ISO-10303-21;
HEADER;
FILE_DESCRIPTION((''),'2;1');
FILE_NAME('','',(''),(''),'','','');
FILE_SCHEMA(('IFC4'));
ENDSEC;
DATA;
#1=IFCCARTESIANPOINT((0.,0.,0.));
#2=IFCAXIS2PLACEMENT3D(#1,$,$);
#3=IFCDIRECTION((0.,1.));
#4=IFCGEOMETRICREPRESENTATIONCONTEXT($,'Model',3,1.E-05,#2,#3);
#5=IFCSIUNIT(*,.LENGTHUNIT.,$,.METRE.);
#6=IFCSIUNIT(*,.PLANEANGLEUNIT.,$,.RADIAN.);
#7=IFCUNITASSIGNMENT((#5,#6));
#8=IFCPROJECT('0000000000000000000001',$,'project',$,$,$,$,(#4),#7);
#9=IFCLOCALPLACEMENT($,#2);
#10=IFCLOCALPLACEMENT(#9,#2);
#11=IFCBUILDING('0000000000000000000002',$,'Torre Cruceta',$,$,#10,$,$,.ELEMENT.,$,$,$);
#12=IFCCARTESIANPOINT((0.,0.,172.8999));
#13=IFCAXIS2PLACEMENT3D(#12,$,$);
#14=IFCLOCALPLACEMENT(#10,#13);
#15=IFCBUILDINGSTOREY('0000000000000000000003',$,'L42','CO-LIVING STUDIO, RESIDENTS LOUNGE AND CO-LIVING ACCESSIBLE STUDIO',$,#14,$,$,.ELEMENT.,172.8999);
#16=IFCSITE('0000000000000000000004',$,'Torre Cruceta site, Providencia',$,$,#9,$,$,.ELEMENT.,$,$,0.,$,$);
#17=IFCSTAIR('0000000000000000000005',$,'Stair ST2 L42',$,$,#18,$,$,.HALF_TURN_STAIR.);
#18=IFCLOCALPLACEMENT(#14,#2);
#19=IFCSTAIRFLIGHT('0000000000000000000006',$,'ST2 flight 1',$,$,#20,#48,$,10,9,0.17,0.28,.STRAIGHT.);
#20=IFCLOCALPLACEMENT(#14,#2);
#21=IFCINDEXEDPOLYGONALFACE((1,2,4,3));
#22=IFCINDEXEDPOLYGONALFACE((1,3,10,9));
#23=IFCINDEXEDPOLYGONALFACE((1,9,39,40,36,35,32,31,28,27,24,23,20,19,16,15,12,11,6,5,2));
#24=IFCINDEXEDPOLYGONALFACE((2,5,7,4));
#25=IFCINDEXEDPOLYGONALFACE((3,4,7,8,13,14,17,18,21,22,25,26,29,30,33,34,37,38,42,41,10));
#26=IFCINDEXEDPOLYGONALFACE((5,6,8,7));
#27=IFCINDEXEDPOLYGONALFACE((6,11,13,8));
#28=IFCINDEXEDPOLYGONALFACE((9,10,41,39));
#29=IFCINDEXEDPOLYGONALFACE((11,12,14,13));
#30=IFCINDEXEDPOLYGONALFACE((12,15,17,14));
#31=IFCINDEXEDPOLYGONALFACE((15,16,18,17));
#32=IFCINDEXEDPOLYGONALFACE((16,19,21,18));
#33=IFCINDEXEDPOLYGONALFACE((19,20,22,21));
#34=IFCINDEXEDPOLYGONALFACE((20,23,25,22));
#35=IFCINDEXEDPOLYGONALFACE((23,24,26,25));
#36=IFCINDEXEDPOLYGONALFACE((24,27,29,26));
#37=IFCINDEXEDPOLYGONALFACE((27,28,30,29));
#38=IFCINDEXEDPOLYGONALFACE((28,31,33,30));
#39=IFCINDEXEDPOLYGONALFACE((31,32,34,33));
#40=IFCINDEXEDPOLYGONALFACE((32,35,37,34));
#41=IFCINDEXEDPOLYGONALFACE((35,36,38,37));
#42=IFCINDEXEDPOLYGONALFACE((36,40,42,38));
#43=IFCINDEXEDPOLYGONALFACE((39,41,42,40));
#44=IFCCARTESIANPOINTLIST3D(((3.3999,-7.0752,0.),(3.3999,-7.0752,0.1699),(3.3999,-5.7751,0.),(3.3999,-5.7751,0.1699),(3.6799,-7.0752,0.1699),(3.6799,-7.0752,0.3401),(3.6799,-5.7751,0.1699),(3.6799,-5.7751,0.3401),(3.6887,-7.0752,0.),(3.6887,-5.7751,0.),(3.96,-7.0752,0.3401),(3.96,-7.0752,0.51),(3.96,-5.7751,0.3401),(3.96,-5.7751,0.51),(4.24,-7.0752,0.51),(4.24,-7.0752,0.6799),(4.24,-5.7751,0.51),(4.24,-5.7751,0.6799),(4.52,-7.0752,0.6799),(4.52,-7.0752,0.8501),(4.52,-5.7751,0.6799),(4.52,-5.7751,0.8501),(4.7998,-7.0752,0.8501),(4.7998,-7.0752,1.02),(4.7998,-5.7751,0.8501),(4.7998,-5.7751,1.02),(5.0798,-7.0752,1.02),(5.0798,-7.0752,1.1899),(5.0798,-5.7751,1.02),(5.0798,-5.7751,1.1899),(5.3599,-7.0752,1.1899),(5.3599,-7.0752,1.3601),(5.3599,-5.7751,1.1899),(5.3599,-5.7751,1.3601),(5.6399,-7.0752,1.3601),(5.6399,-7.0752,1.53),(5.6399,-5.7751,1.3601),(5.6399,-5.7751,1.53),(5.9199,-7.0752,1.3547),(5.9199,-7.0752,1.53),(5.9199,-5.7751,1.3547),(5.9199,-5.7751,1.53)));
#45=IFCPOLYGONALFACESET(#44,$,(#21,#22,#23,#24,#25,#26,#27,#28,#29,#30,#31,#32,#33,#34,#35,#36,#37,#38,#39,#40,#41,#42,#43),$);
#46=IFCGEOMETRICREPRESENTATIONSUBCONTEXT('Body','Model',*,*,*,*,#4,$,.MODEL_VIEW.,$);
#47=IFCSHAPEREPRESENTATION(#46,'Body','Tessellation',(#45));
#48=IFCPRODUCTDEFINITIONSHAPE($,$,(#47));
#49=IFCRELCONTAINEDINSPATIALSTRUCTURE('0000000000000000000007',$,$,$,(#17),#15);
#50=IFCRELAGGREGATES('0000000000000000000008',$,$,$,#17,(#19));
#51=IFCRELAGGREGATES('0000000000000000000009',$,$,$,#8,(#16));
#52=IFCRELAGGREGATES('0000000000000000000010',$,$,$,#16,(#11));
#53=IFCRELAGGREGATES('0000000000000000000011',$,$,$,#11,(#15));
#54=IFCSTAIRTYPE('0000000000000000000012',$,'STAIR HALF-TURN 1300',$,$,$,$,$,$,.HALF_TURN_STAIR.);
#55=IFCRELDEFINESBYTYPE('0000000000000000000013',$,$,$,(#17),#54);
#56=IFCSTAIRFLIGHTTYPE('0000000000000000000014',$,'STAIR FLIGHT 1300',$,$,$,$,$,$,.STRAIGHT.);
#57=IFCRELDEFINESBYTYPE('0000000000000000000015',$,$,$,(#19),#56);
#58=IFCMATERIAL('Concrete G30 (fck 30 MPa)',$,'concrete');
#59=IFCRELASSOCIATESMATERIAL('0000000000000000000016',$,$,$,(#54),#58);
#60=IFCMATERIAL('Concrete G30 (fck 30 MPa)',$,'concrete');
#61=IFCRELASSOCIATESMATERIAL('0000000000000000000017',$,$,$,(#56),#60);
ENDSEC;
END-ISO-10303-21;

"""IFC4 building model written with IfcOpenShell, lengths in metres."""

from ifc_helpers import new_model, si_unit, direction, frame, origin, place, context, subcontext, project, spatial, polyline, outline, extrude, material, type_object, element, aggregate, save


model = new_model("IFC4")

# Units and contexts
model_context = context("Model", 3, precision=1e-05, world=origin(), true_north=direction((0.0, 1.0)))
body_context = subcontext(model_context, "Body", "Model", "MODEL_VIEW")
ifc_project = project(units=[si_unit("LENGTHUNIT", "METRE"), si_unit("PLANEANGLEUNIT", "RADIAN")], contexts=[model_context])

# Site, building, storey
site_placement = place(None, origin())
site = spatial("IfcSite", under=ifc_project, at=site_placement, Name="Torre Cruceta site, Providencia", CompositionType="ELEMENT", RefElevation=0.0)
building_placement = place(site_placement, origin())
building = spatial("IfcBuilding", under=site, at=building_placement, Name="Torre Cruceta", CompositionType="ELEMENT")
storey_placement = place(building_placement, frame((0.0, 0.0, 172.8999)))
storey = spatial("IfcBuildingStorey", under=building, at=storey_placement, Name="L42", Description="CO-LIVING STUDIO, RESIDENTS LOUNGE AND CO-LIVING ACCESSIBLE STUDIO", CompositionType="ELEMENT", Elevation=172.8999)

# Stair, stair flight
ifc_material_1 = material(Name="Concrete G30 (fck 30 MPa)", Category="concrete")
stair_type = type_object("IfcStairType", Name="STAIR HALF-TURN 1300", PredefinedType="HALF_TURN_STAIR", material=ifc_material_1)
stair_placement = place(storey_placement, origin())
stair = element("IfcStair", 1, at=stair_placement, inside=storey, type_object=stair_type, Name="Stair ST2 L42", PredefinedType="HALF_TURN_STAIR")
ifc_material_2 = material(Name="Concrete G30 (fck 30 MPa)", Category="concrete")
stair_flight_type = type_object("IfcStairFlightType", Name="STAIR FLIGHT 1300", PredefinedType="STRAIGHT", material=ifc_material_2)
stair_flight_placement = place(storey_placement, frame((3.3999, -6.425, 0.0), z_axis=(0.0, 0.0, 1.0), x_axis=(1.0, 0.0, 0.0)))
stair_flight = element("IfcStairFlight", 2, at=stair_flight_placement, type_object=stair_flight_type, Name="ST2 flight 1", NumberOfRisers=10, NumberOfTreads=9, PredefinedType="STRAIGHT", RiserHeight=0.17, TreadLength=0.28, context=body_context, shape_type="SweptSolid", body=[
    extrude(outline(polyline([(0.0, 0.0), (0.0, 0.1699), (0.28, 0.1699), (0.28, 0.3401), (0.5601, 0.3401), (0.5601, 0.51), (0.8401, 0.51), (0.8401, 0.6799), (1.1201, 0.6799), (1.1201, 0.8501), (1.3999, 0.8501), (1.3999, 1.02), (1.6799, 1.02), (1.6799, 1.1899), (1.96, 1.1899), (1.96, 1.3601), (2.24, 1.3601), (2.24, 1.53), (2.52, 1.53), (2.52, 1.7), (2.52, 1.3547), (0.2888, 0.0), (0.0, 0.0)])), frame((0.0, 0.6499, 0.0), z_axis=(0.0, -1.0, 0.0), x_axis=(1.0, 0.0, 0.0)), (0.0, 0.0, 1.0), 1.3),
])
aggregate(stair, [stair_flight])

save(model, "model.ifc")
